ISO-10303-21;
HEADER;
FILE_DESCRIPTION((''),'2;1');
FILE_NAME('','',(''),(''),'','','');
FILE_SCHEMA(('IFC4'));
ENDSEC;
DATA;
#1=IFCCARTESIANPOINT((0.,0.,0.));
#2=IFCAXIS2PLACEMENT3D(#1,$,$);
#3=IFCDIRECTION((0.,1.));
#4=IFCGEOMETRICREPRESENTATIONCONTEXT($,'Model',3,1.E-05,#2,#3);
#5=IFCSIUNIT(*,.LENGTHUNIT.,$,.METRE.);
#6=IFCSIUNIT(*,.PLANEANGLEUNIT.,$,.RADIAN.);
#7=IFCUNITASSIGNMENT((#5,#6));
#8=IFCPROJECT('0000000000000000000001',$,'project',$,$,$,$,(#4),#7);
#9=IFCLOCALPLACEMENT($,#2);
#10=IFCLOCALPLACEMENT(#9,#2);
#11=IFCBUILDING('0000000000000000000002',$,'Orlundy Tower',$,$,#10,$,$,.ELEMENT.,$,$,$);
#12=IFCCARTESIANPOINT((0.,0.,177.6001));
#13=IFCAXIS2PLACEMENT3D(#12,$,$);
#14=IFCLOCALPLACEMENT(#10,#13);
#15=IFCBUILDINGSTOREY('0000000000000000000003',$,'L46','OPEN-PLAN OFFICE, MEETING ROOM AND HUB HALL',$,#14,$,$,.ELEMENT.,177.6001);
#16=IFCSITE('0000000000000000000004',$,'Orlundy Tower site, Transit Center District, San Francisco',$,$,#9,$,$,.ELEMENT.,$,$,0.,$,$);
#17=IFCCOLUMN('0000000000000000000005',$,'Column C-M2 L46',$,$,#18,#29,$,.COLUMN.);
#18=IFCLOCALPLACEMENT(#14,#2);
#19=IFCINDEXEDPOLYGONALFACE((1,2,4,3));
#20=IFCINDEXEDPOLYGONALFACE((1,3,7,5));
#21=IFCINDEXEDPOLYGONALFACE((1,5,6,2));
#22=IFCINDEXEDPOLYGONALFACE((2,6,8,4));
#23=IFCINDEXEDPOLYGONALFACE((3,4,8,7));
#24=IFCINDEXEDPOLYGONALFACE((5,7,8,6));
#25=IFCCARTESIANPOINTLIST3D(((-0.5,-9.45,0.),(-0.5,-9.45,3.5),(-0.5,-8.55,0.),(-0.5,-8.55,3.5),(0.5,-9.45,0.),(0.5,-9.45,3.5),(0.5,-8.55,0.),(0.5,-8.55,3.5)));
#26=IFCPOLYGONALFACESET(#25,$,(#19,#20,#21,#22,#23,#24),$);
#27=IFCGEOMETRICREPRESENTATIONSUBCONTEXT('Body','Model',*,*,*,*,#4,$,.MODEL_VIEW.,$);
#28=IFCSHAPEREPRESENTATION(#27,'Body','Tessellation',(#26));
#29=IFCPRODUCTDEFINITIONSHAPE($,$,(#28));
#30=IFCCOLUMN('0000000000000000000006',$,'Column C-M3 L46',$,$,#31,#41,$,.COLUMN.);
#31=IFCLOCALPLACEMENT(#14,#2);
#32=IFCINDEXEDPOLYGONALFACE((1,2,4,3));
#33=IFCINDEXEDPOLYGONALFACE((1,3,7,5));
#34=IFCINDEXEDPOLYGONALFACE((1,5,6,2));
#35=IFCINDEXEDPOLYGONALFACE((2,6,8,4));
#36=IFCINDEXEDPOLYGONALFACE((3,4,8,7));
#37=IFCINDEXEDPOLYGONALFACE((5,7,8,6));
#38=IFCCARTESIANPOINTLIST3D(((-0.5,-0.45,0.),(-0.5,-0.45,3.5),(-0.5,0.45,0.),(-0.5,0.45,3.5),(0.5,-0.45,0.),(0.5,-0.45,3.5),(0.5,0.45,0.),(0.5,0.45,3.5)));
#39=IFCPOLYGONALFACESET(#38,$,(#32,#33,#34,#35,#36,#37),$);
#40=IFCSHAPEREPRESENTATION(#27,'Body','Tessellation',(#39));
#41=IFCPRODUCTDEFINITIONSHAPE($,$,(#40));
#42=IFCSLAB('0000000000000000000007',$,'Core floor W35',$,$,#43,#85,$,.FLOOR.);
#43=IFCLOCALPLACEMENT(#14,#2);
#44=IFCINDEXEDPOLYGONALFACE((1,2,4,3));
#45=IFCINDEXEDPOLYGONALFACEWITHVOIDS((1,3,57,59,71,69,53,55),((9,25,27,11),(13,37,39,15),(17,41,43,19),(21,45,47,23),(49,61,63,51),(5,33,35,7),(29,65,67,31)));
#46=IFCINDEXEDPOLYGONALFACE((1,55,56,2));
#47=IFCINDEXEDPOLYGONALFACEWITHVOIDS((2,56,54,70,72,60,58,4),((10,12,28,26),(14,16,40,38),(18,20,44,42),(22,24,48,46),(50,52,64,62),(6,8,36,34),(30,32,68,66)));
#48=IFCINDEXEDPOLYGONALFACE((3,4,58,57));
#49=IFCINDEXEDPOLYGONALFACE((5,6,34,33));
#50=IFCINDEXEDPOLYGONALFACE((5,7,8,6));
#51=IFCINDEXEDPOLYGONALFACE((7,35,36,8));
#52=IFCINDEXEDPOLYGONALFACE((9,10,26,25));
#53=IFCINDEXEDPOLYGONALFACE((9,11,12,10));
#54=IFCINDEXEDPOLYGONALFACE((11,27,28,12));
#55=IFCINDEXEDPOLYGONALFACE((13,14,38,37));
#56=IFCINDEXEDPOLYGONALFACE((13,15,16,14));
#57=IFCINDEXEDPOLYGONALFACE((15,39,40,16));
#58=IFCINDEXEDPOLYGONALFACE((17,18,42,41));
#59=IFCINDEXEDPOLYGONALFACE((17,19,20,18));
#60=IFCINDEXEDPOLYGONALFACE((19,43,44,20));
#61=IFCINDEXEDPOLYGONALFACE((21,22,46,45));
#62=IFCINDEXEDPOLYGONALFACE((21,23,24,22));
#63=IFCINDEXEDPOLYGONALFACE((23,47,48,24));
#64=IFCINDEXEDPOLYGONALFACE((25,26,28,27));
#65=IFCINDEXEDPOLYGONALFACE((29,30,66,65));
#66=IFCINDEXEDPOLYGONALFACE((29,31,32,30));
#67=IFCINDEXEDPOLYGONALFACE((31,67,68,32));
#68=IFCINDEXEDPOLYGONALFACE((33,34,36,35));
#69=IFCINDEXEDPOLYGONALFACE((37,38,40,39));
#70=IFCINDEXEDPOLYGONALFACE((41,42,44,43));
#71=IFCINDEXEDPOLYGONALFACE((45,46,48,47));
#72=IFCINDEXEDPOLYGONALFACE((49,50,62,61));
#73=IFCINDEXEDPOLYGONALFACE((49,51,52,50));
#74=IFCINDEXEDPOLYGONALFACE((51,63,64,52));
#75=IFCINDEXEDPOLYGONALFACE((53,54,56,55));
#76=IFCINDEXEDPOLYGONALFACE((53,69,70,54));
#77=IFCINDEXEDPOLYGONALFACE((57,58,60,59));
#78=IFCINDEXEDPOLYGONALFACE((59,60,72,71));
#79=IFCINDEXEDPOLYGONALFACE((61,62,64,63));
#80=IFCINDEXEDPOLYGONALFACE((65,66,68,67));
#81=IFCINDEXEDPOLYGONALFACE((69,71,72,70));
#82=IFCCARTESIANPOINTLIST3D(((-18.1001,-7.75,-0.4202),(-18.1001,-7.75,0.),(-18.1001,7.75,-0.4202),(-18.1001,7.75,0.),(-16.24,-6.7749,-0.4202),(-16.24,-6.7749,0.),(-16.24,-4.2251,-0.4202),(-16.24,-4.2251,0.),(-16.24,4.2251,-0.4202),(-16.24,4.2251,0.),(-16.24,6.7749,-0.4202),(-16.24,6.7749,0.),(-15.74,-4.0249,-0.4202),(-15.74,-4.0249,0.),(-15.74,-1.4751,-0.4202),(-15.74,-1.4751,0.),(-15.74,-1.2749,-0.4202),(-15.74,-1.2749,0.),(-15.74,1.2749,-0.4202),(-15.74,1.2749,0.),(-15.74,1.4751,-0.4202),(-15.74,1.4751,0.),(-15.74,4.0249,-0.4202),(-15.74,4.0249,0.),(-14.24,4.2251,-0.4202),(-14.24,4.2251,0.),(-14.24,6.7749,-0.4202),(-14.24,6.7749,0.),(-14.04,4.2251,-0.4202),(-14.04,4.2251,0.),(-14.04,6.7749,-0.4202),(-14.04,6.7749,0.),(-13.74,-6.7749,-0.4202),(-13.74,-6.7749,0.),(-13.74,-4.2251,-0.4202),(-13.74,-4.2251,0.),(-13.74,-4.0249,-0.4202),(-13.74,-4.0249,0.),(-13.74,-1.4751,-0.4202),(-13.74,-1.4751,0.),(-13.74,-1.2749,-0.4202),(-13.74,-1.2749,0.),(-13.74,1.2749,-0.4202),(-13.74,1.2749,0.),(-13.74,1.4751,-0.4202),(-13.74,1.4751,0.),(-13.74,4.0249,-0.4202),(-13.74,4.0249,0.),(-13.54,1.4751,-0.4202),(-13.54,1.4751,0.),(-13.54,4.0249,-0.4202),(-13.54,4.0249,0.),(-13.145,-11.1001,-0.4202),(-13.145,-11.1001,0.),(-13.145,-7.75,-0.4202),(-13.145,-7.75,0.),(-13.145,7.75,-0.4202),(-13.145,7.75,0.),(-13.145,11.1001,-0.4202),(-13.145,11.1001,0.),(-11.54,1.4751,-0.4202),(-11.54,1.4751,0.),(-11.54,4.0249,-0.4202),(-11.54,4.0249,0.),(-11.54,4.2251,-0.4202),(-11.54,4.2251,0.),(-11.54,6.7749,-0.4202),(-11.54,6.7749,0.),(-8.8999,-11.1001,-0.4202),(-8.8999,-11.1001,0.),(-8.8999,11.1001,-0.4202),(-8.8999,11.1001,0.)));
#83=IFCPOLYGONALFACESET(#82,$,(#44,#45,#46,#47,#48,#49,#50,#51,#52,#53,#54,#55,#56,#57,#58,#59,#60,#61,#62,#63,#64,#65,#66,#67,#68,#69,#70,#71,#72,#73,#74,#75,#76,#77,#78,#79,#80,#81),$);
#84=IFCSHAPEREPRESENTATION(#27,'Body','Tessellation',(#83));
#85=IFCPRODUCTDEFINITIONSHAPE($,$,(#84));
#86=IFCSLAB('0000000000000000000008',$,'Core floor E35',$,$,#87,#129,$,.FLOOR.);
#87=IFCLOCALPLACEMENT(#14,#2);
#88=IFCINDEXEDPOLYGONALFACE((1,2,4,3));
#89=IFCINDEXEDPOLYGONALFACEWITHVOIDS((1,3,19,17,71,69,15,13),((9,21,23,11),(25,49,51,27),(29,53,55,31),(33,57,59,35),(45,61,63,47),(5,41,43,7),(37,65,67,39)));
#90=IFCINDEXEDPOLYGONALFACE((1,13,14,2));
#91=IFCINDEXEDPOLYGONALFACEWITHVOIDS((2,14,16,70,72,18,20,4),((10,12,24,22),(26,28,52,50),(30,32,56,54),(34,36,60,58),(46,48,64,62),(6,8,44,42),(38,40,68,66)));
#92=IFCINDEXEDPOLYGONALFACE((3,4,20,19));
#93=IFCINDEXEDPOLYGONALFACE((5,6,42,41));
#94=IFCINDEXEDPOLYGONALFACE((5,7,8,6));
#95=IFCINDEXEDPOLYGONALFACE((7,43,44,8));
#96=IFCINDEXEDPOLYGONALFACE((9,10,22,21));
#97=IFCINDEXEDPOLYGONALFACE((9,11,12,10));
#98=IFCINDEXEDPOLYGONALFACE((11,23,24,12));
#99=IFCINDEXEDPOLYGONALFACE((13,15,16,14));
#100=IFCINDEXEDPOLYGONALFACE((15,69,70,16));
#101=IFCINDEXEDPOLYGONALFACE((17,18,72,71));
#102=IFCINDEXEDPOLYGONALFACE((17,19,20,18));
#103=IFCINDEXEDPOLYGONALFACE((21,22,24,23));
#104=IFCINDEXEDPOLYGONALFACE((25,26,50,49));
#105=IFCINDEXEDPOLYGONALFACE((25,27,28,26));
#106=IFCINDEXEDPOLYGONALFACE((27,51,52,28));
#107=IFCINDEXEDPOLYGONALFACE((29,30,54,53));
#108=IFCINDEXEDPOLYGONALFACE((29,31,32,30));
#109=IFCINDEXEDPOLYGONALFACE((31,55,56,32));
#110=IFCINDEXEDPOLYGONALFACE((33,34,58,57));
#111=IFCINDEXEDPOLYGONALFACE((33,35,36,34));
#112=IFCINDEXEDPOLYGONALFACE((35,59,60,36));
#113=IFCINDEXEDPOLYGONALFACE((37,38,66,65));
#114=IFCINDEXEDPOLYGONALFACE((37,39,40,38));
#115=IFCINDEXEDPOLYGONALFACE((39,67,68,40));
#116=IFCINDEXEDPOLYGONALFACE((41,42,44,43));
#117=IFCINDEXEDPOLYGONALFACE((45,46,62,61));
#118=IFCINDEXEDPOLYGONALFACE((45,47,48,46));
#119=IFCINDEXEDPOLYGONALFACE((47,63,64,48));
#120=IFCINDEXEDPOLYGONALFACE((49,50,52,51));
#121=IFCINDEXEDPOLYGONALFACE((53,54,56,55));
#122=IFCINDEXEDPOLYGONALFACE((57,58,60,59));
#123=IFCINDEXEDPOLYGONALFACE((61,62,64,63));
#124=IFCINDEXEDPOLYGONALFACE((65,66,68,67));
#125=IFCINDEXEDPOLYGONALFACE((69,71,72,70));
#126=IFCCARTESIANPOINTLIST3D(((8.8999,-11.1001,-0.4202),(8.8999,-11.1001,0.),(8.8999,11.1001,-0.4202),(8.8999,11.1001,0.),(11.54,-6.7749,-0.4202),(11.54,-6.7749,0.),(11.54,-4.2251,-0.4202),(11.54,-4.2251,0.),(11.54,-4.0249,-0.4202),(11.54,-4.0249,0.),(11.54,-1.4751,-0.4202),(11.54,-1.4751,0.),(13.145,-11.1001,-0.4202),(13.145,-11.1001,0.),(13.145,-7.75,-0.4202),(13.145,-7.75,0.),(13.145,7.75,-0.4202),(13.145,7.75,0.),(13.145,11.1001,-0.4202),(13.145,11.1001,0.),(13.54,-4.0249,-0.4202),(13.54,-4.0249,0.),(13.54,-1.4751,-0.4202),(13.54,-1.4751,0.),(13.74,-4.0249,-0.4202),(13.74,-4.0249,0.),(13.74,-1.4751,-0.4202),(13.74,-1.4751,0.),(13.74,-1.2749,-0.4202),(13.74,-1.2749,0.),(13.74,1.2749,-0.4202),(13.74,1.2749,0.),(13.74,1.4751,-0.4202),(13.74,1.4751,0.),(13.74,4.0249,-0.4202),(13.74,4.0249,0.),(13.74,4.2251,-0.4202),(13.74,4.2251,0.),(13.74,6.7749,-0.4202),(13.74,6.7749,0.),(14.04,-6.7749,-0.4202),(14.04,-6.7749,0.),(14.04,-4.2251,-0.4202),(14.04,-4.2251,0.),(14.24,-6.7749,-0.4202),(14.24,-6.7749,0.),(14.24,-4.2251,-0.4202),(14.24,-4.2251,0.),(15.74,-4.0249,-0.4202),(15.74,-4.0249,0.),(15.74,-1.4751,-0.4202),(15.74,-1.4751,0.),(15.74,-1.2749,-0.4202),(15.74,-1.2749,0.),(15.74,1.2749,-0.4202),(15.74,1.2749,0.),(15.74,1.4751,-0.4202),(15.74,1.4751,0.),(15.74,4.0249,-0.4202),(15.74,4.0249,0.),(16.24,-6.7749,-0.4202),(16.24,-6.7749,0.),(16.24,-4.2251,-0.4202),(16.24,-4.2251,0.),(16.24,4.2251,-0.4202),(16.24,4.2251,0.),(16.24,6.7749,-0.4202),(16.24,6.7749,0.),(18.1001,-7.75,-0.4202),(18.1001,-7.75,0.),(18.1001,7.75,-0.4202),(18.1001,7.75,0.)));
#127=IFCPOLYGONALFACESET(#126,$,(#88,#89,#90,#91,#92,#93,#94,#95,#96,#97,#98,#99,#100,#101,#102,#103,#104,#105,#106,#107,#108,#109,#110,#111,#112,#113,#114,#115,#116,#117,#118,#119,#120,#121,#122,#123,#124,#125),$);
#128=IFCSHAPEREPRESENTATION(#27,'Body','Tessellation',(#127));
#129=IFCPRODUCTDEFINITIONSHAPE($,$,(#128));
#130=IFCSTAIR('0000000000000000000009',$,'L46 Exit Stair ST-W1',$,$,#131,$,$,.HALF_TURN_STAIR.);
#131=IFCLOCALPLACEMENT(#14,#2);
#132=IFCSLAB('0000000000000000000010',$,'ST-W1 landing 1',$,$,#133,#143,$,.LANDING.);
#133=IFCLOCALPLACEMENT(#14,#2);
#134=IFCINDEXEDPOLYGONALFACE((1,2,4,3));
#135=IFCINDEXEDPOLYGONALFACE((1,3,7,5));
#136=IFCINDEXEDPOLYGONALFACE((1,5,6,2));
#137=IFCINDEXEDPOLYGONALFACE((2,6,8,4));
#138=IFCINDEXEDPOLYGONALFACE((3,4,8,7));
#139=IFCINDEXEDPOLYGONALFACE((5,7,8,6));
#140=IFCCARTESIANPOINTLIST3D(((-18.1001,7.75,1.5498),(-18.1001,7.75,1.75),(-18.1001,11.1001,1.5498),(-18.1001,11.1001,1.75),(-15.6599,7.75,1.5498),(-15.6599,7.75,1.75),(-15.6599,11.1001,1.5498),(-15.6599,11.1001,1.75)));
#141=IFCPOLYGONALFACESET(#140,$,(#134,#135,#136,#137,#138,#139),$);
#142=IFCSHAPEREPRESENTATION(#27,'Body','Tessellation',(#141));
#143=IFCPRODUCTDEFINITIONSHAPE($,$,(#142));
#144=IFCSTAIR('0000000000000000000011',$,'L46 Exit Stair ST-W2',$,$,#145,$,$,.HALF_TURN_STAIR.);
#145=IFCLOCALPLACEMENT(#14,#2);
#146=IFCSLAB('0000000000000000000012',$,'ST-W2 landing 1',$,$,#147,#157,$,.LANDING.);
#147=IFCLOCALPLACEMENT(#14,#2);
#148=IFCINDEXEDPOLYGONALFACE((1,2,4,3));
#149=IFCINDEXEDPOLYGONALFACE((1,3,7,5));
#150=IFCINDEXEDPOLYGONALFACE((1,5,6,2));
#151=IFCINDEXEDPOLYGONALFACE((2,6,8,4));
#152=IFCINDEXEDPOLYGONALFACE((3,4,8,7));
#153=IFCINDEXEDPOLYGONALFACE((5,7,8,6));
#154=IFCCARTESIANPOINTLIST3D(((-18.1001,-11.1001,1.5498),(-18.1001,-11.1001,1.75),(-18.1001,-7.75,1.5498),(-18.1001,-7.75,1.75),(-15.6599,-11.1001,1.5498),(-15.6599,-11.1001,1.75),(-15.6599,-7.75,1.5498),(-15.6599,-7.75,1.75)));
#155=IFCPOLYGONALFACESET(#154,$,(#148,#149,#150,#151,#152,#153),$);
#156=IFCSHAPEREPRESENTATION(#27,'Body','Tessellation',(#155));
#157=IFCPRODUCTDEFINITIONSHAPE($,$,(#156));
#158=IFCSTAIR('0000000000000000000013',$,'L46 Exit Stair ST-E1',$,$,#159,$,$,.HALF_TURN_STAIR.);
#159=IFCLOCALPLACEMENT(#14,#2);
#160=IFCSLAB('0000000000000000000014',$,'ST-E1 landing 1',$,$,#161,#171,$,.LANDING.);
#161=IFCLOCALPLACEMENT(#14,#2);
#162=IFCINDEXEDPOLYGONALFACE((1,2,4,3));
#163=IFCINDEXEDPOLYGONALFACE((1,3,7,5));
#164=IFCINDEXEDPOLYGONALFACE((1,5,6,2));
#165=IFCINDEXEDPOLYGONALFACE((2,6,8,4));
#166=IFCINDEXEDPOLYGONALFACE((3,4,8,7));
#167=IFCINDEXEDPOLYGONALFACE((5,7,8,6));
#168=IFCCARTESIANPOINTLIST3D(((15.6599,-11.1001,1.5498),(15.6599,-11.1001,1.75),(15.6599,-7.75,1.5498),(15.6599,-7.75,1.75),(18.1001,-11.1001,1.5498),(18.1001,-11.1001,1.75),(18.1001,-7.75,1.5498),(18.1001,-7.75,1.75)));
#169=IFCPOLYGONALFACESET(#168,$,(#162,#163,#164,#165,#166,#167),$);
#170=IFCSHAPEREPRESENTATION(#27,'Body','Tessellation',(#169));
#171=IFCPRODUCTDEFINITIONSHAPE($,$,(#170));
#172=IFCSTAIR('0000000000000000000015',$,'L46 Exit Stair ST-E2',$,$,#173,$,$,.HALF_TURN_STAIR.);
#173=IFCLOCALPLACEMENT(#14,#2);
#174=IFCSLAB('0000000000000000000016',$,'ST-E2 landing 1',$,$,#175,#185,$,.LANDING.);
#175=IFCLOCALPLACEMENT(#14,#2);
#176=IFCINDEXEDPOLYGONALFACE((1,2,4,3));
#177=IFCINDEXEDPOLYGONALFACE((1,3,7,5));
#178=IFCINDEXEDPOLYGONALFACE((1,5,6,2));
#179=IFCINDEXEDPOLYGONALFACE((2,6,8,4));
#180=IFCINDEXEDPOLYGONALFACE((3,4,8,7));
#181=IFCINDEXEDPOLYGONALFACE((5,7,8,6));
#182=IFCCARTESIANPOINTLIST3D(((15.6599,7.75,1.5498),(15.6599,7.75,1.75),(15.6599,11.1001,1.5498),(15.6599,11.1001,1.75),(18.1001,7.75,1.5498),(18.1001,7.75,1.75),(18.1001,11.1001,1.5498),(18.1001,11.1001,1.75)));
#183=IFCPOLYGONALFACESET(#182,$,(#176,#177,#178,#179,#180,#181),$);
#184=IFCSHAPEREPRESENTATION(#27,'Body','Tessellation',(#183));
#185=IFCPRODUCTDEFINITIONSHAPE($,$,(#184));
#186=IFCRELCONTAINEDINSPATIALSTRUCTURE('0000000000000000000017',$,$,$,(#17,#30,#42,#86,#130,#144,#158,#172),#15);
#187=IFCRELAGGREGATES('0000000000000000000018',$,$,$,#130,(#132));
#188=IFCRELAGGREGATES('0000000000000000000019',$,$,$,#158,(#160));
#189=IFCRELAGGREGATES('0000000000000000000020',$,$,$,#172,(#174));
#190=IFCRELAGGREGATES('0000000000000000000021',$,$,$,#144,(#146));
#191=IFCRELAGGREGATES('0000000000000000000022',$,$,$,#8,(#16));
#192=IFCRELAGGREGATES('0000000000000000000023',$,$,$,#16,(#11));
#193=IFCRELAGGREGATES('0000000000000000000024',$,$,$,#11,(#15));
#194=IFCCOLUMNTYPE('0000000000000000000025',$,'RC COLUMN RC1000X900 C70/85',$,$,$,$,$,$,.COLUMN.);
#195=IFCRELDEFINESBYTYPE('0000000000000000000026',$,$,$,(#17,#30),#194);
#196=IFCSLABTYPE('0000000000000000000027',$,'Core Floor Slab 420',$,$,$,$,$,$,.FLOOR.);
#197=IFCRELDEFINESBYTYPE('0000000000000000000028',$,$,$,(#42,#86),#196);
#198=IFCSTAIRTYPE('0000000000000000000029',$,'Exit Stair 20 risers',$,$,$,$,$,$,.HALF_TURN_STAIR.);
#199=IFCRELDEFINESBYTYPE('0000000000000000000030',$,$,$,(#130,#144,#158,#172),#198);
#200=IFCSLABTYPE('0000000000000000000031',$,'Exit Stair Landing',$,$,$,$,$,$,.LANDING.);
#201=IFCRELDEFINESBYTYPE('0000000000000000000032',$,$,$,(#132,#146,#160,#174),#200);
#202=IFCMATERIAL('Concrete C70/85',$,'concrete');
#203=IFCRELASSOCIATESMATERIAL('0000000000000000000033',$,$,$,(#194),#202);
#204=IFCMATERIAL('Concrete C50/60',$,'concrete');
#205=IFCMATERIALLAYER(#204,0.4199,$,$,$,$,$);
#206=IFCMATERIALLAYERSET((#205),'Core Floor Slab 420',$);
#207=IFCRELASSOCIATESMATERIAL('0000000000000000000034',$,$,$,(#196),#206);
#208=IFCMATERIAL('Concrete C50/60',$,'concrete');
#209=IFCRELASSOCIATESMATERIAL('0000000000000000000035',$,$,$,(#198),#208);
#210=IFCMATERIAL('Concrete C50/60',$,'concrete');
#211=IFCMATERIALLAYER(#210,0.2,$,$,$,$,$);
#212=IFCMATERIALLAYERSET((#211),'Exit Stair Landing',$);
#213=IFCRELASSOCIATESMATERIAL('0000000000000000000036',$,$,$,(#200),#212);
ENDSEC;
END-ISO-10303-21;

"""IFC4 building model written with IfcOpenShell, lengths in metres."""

from ifc_helpers import new_model, si_unit, direction, frame, origin, origin_2d, place, context, subcontext, project, spatial, polyline, rectangle, outline, extrude, material, layer, layer_set, material_profile, profile_set, type_object, element, aggregate, save


model = new_model("IFC4")

# Units and contexts
model_context = context("Model", 3, precision=1e-05, world=origin(), true_north=direction((0.0, 1.0)))
body_context = subcontext(model_context, "Body", "Model", "MODEL_VIEW")
ifc_project = project(units=[si_unit("LENGTHUNIT", "METRE"), si_unit("PLANEANGLEUNIT", "RADIAN")], contexts=[model_context])

# Site, building, storey
site_placement = place(None, origin())
site = spatial("IfcSite", under=ifc_project, at=site_placement, Name="Orlundy Tower site, Transit Center District, San Francisco", CompositionType="ELEMENT", RefElevation=0.0)
building_placement = place(site_placement, origin())
building = spatial("IfcBuilding", under=site, at=building_placement, Name="Orlundy Tower", CompositionType="ELEMENT")
storey_placement = place(building_placement, frame((0.0, 0.0, 177.6001)))
storey = spatial("IfcBuildingStorey", under=building, at=storey_placement, Name="L46", Description="OPEN-PLAN OFFICE, MEETING ROOM AND HUB HALL", CompositionType="ELEMENT", Elevation=177.6001)

# Columns
ifc_material_1 = material(Name="Concrete C70/85", Category="concrete")
ifc_material_profile = material_profile(ifc_material_1, rectangle(XDim=1.0, YDim=0.8999, at=origin_2d()), Name="RC1000X900")
ifc_profile_set = profile_set([ifc_material_profile], Name="Concrete C70/85")
column_type = type_object("IfcColumnType", Name="RC COLUMN RC1000X900 C70/85", PredefinedType="COLUMN", material=ifc_profile_set)
for number, where, z_axis, x_axis, name in (
    (1, (0.0, -9.0, 0.0), (0.0, 0.0, 1.0), (1.0, 0.0, 0.0), "Column C-M2 L46"),
    (2, (0.0, 0.0, 0.0), (0.0, 0.0, 1.0), (1.0, 0.0, 0.0), "Column C-M3 L46"),
):
    element("IfcColumn", number, at=place(storey_placement, frame(where, z_axis=z_axis, x_axis=x_axis)), inside=storey, type_object=column_type, Name=name, PredefinedType="COLUMN", context=body_context, shape_type="SweptSolid", body=[
        extrude(rectangle(XDim=1.0, YDim=0.8999, at=origin_2d()), origin(), (0.0, 0.0, 1.0), 3.5),
    ])

# Slabs
ifc_material_2 = material(Name="Concrete C50/60", Category="concrete")
ifc_layer_1 = layer(ifc_material_2, 0.4199)
ifc_layer_set_1 = layer_set([ifc_layer_1], Name="Core Floor Slab 420")
slab_type_1 = type_object("IfcSlabType", Name="Core Floor Slab 420", PredefinedType="FLOOR", material=ifc_layer_set_1)
slab_1_placement = place(storey_placement, frame((0.0, 0.0, -0.4202)))
element("IfcSlab", 3, at=slab_1_placement, inside=storey, type_object=slab_type_1, Name="Core floor W35", PredefinedType="FLOOR", context=body_context, shape_type="SweptSolid", body=[
    extrude(outline(polyline([(-13.145, -11.1001), (-13.145, -7.75), (-18.1001, -7.75), (-18.1001, 7.75), (-13.145, 7.75), (-13.145, 11.1001), (-8.8999, 11.1001), (-8.8999, -11.1001), (-13.145, -11.1001)]), holes=[polyline([(-13.74, -4.2251), (-16.24, -4.2251), (-16.24, -6.7749), (-13.74, -6.7749), (-13.74, -4.2251)]), polyline([(-13.74, -4.0249), (-13.74, -1.4751), (-15.74, -1.4751), (-15.74, -4.0249), (-13.74, -4.0249)]), polyline([(-15.74, -1.2749), (-13.74, -1.2749), (-13.74, 1.2749), (-15.74, 1.2749), (-15.74, -1.2749)]), polyline([(-13.54, 4.0249), (-13.54, 1.4751), (-11.54, 1.4751), (-11.54, 4.0249), (-13.54, 4.0249)]), polyline([(-13.74, 4.0249), (-15.74, 4.0249), (-15.74, 1.4751), (-13.74, 1.4751), (-13.74, 4.0249)]), polyline([(-11.54, 4.2251), (-11.54, 6.7749), (-14.04, 6.7749), (-14.04, 4.2251), (-11.54, 4.2251)]), polyline([(-16.24, 4.2251), (-14.24, 4.2251), (-14.24, 6.7749), (-16.24, 6.7749), (-16.24, 4.2251)])]), origin(), (0.0, 0.0, 1.0), 0.4202),
])
slab_2_placement = place(storey_placement, frame((0.0, 0.0, -0.4202)))
element("IfcSlab", 4, at=slab_2_placement, inside=storey, type_object=slab_type_1, Name="Core floor E35", PredefinedType="FLOOR", context=body_context, shape_type="SweptSolid", body=[
    extrude(outline(polyline([(13.145, 11.1001), (13.145, 7.75), (18.1001, 7.75), (18.1001, -7.75), (13.145, -7.75), (13.145, -11.1001), (8.8999, -11.1001), (8.8999, 11.1001), (13.145, 11.1001)]), holes=[polyline([(13.74, 4.2251), (16.24, 4.2251), (16.24, 6.7749), (13.74, 6.7749), (13.74, 4.2251)]), polyline([(13.74, 4.0249), (13.74, 1.4751), (15.74, 1.4751), (15.74, 4.0249), (13.74, 4.0249)]), polyline([(15.74, 1.2749), (13.74, 1.2749), (13.74, -1.2749), (15.74, -1.2749), (15.74, 1.2749)]), polyline([(13.54, -4.0249), (13.54, -1.4751), (11.54, -1.4751), (11.54, -4.0249), (13.54, -4.0249)]), polyline([(13.74, -4.0249), (15.74, -4.0249), (15.74, -1.4751), (13.74, -1.4751), (13.74, -4.0249)]), polyline([(11.54, -4.2251), (11.54, -6.7749), (14.04, -6.7749), (14.04, -4.2251), (11.54, -4.2251)]), polyline([(16.24, -4.2251), (14.24, -4.2251), (14.24, -6.7749), (16.24, -6.7749), (16.24, -4.2251)])]), origin(), (0.0, 0.0, 1.0), 0.4202),
])

# Stairs, slabs
ifc_material_3 = material(Name="Concrete C50/60", Category="concrete")
stair_type = type_object("IfcStairType", Name="Exit Stair 20 risers", PredefinedType="HALF_TURN_STAIR", material=ifc_material_3)
stair_1_placement = place(storey_placement, origin())
stair_1 = element("IfcStair", 5, at=stair_1_placement, inside=storey, type_object=stair_type, Name="L46 Exit Stair ST-W1", PredefinedType="HALF_TURN_STAIR")
ifc_material_4 = material(Name="Concrete C50/60", Category="concrete")
ifc_layer_2 = layer(ifc_material_4, 0.2)
ifc_layer_set_2 = layer_set([ifc_layer_2], Name="Exit Stair Landing")
slab_type_2 = type_object("IfcSlabType", Name="Exit Stair Landing", PredefinedType="LANDING", material=ifc_layer_set_2)
slab_3_placement = place(storey_placement, frame((0.0, 0.0, 1.5498)))
slab_3 = element("IfcSlab", 6, at=slab_3_placement, type_object=slab_type_2, Name="ST-W1 landing 1", PredefinedType="LANDING", context=body_context, shape_type="SweptSolid", body=[
    extrude(outline(polyline([(-15.6599, 11.1001), (-18.1001, 11.1001), (-18.1001, 7.75), (-15.6599, 7.75), (-15.6599, 11.1001)])), origin(), (0.0, 0.0, 1.0), 0.2002),
])
aggregate(stair_1, [slab_3])
stair_2_placement = place(storey_placement, origin())
stair_2 = element("IfcStair", 7, at=stair_2_placement, inside=storey, type_object=stair_type, Name="L46 Exit Stair ST-W2", PredefinedType="HALF_TURN_STAIR")
slab_4_placement = place(storey_placement, frame((0.0, 0.0, 1.5498)))
slab_4 = element("IfcSlab", 8, at=slab_4_placement, type_object=slab_type_2, Name="ST-W2 landing 1", PredefinedType="LANDING", context=body_context, shape_type="SweptSolid", body=[
    extrude(outline(polyline([(-15.6599, -7.75), (-18.1001, -7.75), (-18.1001, -11.1001), (-15.6599, -11.1001), (-15.6599, -7.75)])), origin(), (0.0, 0.0, 1.0), 0.2002),
])
stair_3_placement = place(storey_placement, origin())
stair_3 = element("IfcStair", 9, at=stair_3_placement, inside=storey, type_object=stair_type, Name="L46 Exit Stair ST-E1", PredefinedType="HALF_TURN_STAIR")
slab_5_placement = place(storey_placement, frame((0.0, 0.0, 1.5498)))
slab_5 = element("IfcSlab", 10, at=slab_5_placement, type_object=slab_type_2, Name="ST-E1 landing 1", PredefinedType="LANDING", context=body_context, shape_type="SweptSolid", body=[
    extrude(outline(polyline([(15.6599, -11.1001), (18.1001, -11.1001), (18.1001, -7.75), (15.6599, -7.75), (15.6599, -11.1001)])), origin(), (0.0, 0.0, 1.0), 0.2002),
])
aggregate(stair_3, [slab_5])
stair_4_placement = place(storey_placement, origin())
stair_4 = element("IfcStair", 11, at=stair_4_placement, inside=storey, type_object=stair_type, Name="L46 Exit Stair ST-E2", PredefinedType="HALF_TURN_STAIR")
slab_6_placement = place(storey_placement, frame((0.0, 0.0, 1.5498)))
slab_6 = element("IfcSlab", 12, at=slab_6_placement, type_object=slab_type_2, Name="ST-E2 landing 1", PredefinedType="LANDING", context=body_context, shape_type="SweptSolid", body=[
    extrude(outline(polyline([(15.6599, 7.75), (18.1001, 7.75), (18.1001, 11.1001), (15.6599, 11.1001), (15.6599, 7.75)])), origin(), (0.0, 0.0, 1.0), 0.2002),
])
aggregate(stair_4, [slab_6])

aggregate(stair_2, [slab_4])

save(model, "model.ifc")
